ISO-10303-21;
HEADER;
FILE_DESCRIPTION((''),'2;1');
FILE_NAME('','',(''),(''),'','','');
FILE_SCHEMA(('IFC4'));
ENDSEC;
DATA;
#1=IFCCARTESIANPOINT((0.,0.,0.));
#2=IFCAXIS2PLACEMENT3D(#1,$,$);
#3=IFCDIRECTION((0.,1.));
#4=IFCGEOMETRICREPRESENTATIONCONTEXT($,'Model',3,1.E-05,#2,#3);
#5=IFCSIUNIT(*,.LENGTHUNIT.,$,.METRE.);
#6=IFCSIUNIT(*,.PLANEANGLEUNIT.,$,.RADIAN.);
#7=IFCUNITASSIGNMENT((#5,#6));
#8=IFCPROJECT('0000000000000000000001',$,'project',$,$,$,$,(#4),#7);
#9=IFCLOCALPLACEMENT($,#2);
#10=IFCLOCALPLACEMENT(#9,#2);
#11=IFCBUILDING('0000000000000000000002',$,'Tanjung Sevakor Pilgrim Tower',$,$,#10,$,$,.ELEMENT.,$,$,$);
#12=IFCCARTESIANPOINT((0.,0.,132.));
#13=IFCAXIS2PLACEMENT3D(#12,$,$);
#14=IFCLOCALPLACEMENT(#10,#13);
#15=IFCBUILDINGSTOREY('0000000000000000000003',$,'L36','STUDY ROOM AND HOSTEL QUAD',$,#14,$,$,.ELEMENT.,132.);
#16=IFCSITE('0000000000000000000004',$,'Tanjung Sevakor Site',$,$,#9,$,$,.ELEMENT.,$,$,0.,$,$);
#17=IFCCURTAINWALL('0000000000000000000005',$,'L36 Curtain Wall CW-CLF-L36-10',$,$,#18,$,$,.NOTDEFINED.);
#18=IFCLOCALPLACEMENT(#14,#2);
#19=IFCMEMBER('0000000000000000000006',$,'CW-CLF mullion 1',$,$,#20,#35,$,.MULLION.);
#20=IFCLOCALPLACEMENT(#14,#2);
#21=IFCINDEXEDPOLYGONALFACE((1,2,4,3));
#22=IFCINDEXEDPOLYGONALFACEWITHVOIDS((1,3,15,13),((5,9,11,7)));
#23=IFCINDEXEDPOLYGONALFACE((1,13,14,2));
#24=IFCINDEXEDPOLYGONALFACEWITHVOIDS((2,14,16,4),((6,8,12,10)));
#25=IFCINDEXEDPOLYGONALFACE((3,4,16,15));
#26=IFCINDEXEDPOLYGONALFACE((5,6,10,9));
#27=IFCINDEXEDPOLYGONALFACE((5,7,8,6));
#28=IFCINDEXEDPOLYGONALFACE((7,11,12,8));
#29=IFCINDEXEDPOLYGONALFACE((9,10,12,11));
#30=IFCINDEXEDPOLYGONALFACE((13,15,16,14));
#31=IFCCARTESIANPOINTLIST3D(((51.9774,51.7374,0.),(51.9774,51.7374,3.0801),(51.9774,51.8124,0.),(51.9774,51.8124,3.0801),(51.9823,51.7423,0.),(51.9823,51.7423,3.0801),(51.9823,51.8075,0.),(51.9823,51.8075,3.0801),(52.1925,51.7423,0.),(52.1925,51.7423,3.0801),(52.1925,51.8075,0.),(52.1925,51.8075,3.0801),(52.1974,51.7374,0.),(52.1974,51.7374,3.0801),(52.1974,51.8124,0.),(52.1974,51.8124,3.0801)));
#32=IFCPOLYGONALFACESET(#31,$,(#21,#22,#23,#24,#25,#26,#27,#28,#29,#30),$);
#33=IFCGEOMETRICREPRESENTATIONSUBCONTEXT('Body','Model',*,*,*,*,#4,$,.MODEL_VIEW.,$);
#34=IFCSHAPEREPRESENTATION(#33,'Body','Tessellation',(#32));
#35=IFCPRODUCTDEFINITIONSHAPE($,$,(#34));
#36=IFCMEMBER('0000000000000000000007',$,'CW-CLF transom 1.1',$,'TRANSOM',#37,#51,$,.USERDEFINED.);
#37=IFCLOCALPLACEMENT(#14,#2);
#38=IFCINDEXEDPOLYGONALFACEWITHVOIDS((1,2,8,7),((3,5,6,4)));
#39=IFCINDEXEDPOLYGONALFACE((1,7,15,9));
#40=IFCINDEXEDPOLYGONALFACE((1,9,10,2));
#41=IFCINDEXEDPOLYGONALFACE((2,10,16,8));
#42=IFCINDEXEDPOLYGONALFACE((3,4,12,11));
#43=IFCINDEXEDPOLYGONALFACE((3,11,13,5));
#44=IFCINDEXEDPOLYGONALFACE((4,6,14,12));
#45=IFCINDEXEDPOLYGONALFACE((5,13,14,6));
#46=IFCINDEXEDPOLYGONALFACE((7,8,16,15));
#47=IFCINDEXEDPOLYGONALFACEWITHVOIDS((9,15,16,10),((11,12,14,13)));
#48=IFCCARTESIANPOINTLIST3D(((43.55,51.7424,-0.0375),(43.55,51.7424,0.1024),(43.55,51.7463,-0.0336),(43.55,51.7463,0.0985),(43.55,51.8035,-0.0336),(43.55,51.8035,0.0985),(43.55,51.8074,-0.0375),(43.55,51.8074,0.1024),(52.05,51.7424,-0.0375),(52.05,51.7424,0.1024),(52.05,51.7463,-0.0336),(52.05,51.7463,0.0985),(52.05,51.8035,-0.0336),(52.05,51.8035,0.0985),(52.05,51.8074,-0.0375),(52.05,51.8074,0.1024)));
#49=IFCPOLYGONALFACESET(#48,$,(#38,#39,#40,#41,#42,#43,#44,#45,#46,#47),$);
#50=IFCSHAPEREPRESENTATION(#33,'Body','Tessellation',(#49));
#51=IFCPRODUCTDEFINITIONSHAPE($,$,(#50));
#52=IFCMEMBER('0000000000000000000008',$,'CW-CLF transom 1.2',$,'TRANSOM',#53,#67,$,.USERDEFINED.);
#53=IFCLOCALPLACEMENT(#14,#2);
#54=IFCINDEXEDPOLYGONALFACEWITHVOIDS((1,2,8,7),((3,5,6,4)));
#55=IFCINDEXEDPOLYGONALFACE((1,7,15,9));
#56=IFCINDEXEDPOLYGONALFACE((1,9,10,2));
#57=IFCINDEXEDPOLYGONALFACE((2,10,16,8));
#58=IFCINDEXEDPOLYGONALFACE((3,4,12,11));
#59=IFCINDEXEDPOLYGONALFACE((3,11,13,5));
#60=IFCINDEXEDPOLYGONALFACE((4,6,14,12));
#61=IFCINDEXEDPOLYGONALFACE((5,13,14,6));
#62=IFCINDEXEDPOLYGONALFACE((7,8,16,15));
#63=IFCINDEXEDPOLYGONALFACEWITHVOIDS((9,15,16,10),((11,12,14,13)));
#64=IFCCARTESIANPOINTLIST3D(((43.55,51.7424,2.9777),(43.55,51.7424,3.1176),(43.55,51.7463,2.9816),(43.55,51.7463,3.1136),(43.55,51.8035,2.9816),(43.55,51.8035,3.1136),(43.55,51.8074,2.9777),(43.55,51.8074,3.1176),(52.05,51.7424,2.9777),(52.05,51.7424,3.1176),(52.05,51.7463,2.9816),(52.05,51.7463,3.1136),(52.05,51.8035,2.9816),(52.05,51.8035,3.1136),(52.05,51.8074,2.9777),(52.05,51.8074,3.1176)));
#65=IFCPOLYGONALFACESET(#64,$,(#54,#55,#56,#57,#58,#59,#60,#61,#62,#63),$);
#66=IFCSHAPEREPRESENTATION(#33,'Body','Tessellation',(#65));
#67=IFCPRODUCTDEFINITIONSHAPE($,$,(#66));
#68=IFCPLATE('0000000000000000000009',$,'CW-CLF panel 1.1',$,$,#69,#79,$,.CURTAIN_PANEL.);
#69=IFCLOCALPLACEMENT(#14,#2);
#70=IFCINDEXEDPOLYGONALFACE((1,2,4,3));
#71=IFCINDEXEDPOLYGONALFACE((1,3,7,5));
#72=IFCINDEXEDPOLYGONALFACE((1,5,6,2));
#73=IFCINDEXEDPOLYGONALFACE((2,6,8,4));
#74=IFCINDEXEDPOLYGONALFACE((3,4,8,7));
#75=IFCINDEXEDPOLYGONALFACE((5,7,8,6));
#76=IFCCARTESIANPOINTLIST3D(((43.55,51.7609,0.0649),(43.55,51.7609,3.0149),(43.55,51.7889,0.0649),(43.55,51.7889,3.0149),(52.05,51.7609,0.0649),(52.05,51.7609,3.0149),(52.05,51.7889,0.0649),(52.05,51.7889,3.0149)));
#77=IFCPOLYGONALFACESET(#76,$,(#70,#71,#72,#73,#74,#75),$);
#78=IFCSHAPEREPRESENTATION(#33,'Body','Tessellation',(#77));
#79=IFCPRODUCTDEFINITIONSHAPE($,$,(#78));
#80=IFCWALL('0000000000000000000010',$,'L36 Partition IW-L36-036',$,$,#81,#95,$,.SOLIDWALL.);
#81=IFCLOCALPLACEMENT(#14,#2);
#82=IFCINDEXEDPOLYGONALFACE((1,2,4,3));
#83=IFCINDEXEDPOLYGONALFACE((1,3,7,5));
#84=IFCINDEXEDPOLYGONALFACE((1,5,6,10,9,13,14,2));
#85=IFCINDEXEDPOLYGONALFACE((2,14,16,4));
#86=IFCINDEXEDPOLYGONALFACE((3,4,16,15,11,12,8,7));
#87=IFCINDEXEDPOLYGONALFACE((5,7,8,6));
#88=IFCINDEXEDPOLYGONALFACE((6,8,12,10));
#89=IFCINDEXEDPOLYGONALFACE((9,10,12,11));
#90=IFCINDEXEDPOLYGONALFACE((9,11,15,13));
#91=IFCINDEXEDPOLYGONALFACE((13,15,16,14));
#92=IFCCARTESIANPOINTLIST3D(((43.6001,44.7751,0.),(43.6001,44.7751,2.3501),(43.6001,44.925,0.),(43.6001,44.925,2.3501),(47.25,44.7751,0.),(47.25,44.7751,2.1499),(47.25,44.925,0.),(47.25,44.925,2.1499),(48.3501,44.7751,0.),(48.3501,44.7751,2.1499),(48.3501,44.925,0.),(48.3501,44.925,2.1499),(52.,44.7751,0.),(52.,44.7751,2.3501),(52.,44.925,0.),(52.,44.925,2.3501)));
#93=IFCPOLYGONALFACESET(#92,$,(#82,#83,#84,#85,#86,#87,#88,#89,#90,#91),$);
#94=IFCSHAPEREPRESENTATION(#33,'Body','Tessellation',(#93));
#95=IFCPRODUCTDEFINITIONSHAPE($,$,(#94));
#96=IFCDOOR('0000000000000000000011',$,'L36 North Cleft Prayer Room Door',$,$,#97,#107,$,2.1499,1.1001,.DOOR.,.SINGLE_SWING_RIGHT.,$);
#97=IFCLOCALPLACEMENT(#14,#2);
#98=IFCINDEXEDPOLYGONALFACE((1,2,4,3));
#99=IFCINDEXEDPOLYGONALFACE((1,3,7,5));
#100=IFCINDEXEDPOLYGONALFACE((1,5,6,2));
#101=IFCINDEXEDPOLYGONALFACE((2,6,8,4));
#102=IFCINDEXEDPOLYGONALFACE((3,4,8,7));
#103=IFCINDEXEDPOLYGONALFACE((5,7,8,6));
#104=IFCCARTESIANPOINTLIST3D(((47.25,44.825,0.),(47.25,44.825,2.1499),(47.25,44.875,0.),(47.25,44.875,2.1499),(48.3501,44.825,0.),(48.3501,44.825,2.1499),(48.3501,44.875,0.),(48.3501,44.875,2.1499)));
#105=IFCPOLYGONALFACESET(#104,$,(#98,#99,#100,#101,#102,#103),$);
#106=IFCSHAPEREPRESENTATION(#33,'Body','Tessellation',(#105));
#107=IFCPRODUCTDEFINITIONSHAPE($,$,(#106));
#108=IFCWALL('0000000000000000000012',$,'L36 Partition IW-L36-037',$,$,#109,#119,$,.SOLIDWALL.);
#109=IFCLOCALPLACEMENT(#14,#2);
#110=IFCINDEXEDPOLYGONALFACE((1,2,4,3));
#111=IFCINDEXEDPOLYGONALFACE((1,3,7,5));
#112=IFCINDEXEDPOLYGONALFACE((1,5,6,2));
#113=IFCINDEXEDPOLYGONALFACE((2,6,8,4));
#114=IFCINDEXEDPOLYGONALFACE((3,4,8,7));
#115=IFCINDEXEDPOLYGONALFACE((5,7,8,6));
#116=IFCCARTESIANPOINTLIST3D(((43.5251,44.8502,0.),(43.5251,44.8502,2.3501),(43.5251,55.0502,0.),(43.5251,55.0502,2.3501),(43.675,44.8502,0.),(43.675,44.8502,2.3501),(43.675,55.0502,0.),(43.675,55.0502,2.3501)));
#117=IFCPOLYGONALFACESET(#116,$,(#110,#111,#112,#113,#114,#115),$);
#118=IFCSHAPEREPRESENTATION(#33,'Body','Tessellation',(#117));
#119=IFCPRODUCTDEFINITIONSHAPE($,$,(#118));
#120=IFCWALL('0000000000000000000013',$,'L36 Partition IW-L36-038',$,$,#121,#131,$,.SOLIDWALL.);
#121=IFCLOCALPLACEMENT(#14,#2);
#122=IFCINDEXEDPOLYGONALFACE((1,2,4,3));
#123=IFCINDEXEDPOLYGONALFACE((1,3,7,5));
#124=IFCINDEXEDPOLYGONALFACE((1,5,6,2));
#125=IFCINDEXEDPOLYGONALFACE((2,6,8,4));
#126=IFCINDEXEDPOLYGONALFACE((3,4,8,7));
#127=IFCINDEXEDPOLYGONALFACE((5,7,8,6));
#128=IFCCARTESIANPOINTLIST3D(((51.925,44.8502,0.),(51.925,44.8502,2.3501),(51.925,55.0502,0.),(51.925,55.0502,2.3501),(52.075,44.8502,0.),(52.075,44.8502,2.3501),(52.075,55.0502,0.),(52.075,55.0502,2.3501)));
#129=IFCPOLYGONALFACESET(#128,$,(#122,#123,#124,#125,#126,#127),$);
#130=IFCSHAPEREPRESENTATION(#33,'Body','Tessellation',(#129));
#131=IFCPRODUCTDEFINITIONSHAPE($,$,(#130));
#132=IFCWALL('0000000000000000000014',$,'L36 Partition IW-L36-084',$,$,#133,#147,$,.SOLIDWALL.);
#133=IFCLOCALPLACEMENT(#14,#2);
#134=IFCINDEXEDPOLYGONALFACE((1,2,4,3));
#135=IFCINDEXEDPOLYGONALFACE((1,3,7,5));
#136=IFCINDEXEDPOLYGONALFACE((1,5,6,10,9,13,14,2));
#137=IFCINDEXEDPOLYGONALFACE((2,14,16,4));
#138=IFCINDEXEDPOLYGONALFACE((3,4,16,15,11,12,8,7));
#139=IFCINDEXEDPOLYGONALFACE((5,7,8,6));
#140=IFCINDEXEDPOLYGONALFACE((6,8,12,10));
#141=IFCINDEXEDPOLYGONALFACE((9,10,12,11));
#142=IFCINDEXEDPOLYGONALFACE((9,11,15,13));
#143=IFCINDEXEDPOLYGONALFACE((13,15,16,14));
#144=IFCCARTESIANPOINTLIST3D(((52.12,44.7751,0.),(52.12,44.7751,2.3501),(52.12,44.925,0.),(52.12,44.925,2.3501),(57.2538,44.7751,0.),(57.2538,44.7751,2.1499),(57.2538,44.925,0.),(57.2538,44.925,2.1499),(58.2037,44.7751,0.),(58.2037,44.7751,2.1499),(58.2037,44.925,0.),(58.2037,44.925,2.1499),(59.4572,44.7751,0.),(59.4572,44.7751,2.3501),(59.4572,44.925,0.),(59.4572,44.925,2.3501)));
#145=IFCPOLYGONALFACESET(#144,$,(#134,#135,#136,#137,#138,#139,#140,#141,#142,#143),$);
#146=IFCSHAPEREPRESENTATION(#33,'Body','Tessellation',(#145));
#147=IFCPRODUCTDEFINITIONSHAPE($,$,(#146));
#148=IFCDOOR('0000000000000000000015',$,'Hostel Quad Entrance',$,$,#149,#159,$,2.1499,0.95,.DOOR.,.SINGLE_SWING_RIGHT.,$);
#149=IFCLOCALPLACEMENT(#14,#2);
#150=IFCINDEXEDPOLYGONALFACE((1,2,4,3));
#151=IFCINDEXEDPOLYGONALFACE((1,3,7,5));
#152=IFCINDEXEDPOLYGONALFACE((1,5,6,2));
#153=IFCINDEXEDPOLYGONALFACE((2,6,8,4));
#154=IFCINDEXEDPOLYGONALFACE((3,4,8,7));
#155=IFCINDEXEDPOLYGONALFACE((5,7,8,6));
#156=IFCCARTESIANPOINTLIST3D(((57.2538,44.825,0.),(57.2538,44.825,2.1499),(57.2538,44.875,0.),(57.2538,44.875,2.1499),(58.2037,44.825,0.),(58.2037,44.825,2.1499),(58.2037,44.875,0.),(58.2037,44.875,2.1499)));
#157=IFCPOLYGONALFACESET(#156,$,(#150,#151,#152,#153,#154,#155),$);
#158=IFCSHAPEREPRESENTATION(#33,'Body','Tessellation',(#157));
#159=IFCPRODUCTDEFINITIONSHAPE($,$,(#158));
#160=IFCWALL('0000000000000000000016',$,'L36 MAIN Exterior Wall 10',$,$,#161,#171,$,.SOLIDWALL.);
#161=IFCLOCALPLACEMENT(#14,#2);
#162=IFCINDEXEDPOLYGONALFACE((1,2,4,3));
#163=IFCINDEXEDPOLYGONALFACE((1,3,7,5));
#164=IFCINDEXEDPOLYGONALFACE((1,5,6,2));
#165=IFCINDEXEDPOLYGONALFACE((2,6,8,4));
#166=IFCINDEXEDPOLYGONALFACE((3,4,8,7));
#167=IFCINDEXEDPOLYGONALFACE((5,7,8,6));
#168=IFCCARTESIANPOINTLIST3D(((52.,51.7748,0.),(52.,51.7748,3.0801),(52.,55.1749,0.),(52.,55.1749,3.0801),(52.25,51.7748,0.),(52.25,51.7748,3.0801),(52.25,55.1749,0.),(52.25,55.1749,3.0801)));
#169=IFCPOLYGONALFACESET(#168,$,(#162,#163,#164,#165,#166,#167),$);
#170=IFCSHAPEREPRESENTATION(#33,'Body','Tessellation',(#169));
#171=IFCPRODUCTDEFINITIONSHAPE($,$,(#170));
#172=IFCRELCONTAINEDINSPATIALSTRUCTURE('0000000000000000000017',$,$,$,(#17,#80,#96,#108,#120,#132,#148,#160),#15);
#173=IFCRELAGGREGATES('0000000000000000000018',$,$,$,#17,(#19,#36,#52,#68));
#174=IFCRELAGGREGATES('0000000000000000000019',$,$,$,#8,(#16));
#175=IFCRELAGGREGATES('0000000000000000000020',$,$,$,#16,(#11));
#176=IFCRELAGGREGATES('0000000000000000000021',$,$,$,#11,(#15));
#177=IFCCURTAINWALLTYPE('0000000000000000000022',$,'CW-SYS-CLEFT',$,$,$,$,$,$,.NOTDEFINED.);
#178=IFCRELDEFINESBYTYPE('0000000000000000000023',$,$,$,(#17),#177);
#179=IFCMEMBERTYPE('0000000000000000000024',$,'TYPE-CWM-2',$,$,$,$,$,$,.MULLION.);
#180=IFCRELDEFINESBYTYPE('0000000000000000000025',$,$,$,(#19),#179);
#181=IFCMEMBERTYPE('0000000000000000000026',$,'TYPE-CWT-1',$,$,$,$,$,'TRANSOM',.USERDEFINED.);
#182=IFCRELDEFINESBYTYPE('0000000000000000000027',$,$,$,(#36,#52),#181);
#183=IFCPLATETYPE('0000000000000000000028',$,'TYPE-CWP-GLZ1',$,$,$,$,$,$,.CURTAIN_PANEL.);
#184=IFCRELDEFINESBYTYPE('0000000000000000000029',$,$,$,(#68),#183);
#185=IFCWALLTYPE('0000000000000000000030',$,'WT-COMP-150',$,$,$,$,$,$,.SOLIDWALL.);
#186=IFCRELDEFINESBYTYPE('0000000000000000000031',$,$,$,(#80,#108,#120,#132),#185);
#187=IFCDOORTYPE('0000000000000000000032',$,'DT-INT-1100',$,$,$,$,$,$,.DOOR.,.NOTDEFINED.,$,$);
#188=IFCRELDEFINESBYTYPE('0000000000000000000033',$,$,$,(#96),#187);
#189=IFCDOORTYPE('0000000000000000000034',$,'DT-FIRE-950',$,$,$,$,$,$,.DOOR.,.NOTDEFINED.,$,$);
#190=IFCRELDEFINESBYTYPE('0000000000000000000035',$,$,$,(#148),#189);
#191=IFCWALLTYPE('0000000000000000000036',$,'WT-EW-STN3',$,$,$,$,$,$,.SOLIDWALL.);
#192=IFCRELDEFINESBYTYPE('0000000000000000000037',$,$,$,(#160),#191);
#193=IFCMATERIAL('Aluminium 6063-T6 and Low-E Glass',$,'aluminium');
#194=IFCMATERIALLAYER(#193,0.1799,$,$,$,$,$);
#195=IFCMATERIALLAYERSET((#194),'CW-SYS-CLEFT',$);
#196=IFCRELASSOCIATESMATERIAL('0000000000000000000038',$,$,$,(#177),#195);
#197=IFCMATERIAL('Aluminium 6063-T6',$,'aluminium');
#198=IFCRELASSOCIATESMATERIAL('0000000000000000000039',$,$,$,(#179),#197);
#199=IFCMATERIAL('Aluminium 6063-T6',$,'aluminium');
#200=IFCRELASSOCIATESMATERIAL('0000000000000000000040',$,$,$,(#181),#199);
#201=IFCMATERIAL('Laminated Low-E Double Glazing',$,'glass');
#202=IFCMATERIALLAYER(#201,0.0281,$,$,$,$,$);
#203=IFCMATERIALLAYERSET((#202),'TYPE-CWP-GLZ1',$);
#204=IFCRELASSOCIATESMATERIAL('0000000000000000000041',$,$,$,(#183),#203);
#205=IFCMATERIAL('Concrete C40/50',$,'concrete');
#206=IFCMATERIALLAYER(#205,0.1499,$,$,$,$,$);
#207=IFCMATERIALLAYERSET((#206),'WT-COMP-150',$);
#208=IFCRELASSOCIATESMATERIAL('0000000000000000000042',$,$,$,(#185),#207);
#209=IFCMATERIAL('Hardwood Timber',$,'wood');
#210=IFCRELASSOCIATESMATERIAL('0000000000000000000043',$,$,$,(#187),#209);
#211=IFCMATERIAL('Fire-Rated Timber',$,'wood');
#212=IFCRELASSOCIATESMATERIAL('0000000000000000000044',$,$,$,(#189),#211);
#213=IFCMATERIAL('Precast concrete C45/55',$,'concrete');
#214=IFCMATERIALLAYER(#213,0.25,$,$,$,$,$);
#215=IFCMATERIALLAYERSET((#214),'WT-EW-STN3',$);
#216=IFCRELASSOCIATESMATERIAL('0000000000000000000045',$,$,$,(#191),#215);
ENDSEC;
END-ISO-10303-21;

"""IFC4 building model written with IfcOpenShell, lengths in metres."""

from ifc_helpers import new_model, si_unit, direction, frame, frame_2d, origin, origin_2d, place, context, subcontext, project, spatial, rectangle, hollow_rectangle, extrude, material, layer, layer_set, material_profile, profile_set, type_object, element, fill, aggregate, save


model = new_model("IFC4")

# Units and contexts
model_context = context("Model", 3, precision=1e-05, world=origin(), true_north=direction((0.0, 1.0)))
body_context = subcontext(model_context, "Body", "Model", "MODEL_VIEW")
ifc_project = project(units=[si_unit("LENGTHUNIT", "METRE"), si_unit("PLANEANGLEUNIT", "RADIAN")], contexts=[model_context])

# Site, building, storey
site_placement = place(None, origin())
site = spatial("IfcSite", under=ifc_project, at=site_placement, Name="Tanjung Sevakor Site", CompositionType="ELEMENT", RefElevation=0.0)
building_placement = place(site_placement, origin())
building = spatial("IfcBuilding", under=site, at=building_placement, Name="Tanjung Sevakor Pilgrim Tower", CompositionType="ELEMENT")
storey_placement = place(building_placement, frame((0.0, 0.0, 132.0)))
storey = spatial("IfcBuildingStorey", under=building, at=storey_placement, Name="L36", Description="STUDY ROOM AND HOSTEL QUAD", CompositionType="ELEMENT", Elevation=132.0)

# Curtain wall, members, plate
ifc_material_1 = material(Name="Aluminium 6063-T6 and Low-E Glass", Category="aluminium")
ifc_layer_1 = layer(ifc_material_1, 0.1799)
ifc_layer_set_1 = layer_set([ifc_layer_1], Name="CW-SYS-CLEFT")
curtain_wall_type = type_object("IfcCurtainWallType", Name="CW-SYS-CLEFT", PredefinedType="NOTDEFINED", material=ifc_layer_set_1)
curtain_wall_placement = place(storey_placement, origin())
curtain_wall = element("IfcCurtainWall", 1, at=curtain_wall_placement, inside=storey, type_object=curtain_wall_type, Name="L36 Curtain Wall CW-CLF-L36-10", PredefinedType="NOTDEFINED")
ifc_material_2 = material(Name="Aluminium 6063-T6", Category="aluminium")
ifc_material_profile_1 = material_profile(ifc_material_2, hollow_rectangle(XDim=0.075, YDim=0.22, WallThickness=0.0049, at=origin_2d()))
ifc_profile_set_1 = profile_set([ifc_material_profile_1], Name="Aluminium 6063-T6")
member_type_1 = type_object("IfcMemberType", Name="TYPE-CWM-2", PredefinedType="MULLION", material=ifc_profile_set_1)
member_1_placement = place(storey_placement, frame((52.0874, 51.7749, 0.0), z_axis=(0.0, 0.0, 1.0), x_axis=(0.0, -1.0, 0.0)))
member_1 = element("IfcMember", 2, at=member_1_placement, type_object=member_type_1, Name="CW-CLF mullion 1", PredefinedType="MULLION", context=body_context, shape_type="SweptSolid", body=[
    extrude(hollow_rectangle(XDim=0.075, YDim=0.22, WallThickness=0.0049, at=origin_2d()), origin(), (0.0, 0.0, 1.0), 3.0801),
])
ifc_material_3 = material(Name="Aluminium 6063-T6", Category="aluminium")
ifc_material_profile_2 = material_profile(ifc_material_3, hollow_rectangle(XDim=0.0649, YDim=0.1399, WallThickness=0.0039, at=origin_2d()))
ifc_profile_set_2 = profile_set([ifc_material_profile_2], Name="Aluminium 6063-T6")
member_type_2 = type_object("IfcMemberType", Name="TYPE-CWT-1", ElementType="TRANSOM", PredefinedType="USERDEFINED", material=ifc_profile_set_2)
member_2_placement = place(storey_placement, frame((52.05, 51.7749, 0.0325), z_axis=(-1.0, 0.0, 0.0), x_axis=(0.0, -1.0, 0.0)))
member_2 = element("IfcMember", 3, at=member_2_placement, type_object=member_type_2, Name="CW-CLF transom 1.1", ObjectType="TRANSOM", PredefinedType="USERDEFINED", context=body_context, shape_type="SweptSolid", body=[
    extrude(hollow_rectangle(XDim=0.0649, YDim=0.1399, WallThickness=0.0039, at=origin_2d()), origin(), (0.0, 0.0, 1.0), 8.5),
])
member_3_placement = place(storey_placement, frame((52.05, 51.7749, 3.0476), z_axis=(-1.0, 0.0, 0.0), x_axis=(0.0, -1.0, 0.0)))
member_3 = element("IfcMember", 4, at=member_3_placement, type_object=member_type_2, Name="CW-CLF transom 1.2", ObjectType="TRANSOM", PredefinedType="USERDEFINED", context=body_context, shape_type="SweptSolid", body=[
    extrude(hollow_rectangle(XDim=0.0649, YDim=0.1399, WallThickness=0.0039, at=origin_2d()), origin(), (0.0, 0.0, 1.0), 8.5),
])
ifc_material_4 = material(Name="Laminated Low-E Double Glazing", Category="glass")
ifc_layer_2 = layer(ifc_material_4, 0.0281)
ifc_layer_set_2 = layer_set([ifc_layer_2], Name="TYPE-CWP-GLZ1")
plate_type = type_object("IfcPlateType", Name="TYPE-CWP-GLZ1", PredefinedType="CURTAIN_PANEL", material=ifc_layer_set_2)
plate_placement = place(storey_placement, frame((47.8, 51.7749, 0.0649), z_axis=(0.0, 0.0, 1.0), x_axis=(-1.0, 0.0, 0.0)))
plate = element("IfcPlate", 5, at=plate_placement, type_object=plate_type, Name="CW-CLF panel 1.1", PredefinedType="CURTAIN_PANEL", context=body_context, shape_type="SweptSolid", body=[
    extrude(rectangle(XDim=8.5, YDim=0.0281, at=origin_2d()), origin(), (0.0, 0.0, 1.0), 2.95),
])
aggregate(curtain_wall, [member_1, member_2, member_3, plate])

# Wall, opening, door
ifc_material_5 = material(Name="Concrete C40/50", Category="concrete")
ifc_layer_3 = layer(ifc_material_5, 0.1499)
ifc_layer_set_3 = layer_set([ifc_layer_3], Name="WT-COMP-150")
wall_type_1 = type_object("IfcWallType", Name="WT-COMP-150", PredefinedType="SOLIDWALL", material=ifc_layer_set_3)
wall_1_placement = place(storey_placement, frame((43.6001, 44.8501, 0.0), z_axis=(0.0, 0.0, 1.0), x_axis=(1.0, 0.0, 0.0)))
wall_1 = element("IfcWall", 6, at=wall_1_placement, inside=storey, type_object=wall_type_1, Name="L36 Partition IW-L36-036", PredefinedType="SOLIDWALL", context=body_context, shape_type="SweptSolid", body=[
    extrude(rectangle(XDim=8.3999, YDim=0.1499, at=frame_2d((4.2, 0.0))), origin(), (0.0, 0.0, 1.0), 2.3501),
])
opening_1_placement = place(wall_1_placement, frame((3.6499, 0.0, 0.0)))
opening_1 = element("IfcOpeningElement", 7, at=opening_1_placement, cuts=wall_1, PredefinedType="OPENING", context=body_context, shape_type="SweptSolid", body=[
    extrude(rectangle(XDim=1.1001, YDim=2.1499, at=frame_2d((0.55, 1.075))), frame((0.0, 0.085, 0.0), z_axis=(0.0, -1.0, 0.0), x_axis=(1.0, 0.0, 0.0)), (0.0, 0.0, 1.0), 0.1699),
])
ifc_material_6 = material(Name="Hardwood Timber", Category="wood")
door_type_1 = type_object("IfcDoorType", Name="DT-INT-1100", OperationType="NOTDEFINED", PredefinedType="DOOR", material=ifc_material_6)
door_1_placement = place(opening_1_placement, origin())
door_1 = element("IfcDoor", 8, at=door_1_placement, inside=storey, type_object=door_type_1, Name="L36 North Cleft Prayer Room Door", OperationType="SINGLE_SWING_RIGHT", OverallHeight=2.1499, OverallWidth=1.1001, PredefinedType="DOOR", context=body_context, shape_type="SweptSolid", body=[
    extrude(rectangle(XDim=1.1001, YDim=2.1499, at=frame_2d((0.55, 1.075))), frame((0.0, 0.0249, 0.0), z_axis=(0.0, -1.0, 0.0), x_axis=(1.0, 0.0, 0.0)), (0.0, 0.0, 1.0), 0.05),
])
fill(opening_1, door_1)

# Walls
for number, where, z_axis, x_axis, name in (
    (9, (43.6001, 44.8501, 0.0), (0.0, 0.0, 1.0), (0.0, 1.0, 0.0), "L36 Partition IW-L36-037"),
    (10, (52.0, 44.8501, 0.0), (0.0, 0.0, 1.0), (0.0, 1.0, 0.0), "L36 Partition IW-L36-038"),
):
    element("IfcWall", number, at=place(storey_placement, frame(where, z_axis=z_axis, x_axis=x_axis)), inside=storey, type_object=wall_type_1, Name=name, PredefinedType="SOLIDWALL", context=body_context, shape_type="SweptSolid", body=[
        extrude(rectangle(XDim=10.2, YDim=0.1499, at=frame_2d((5.1001, 0.0))), origin(), (0.0, 0.0, 1.0), 2.3501),
    ])

# Wall, opening, door
wall_2_placement = place(storey_placement, frame((52.1201, 44.8501, 0.0), z_axis=(0.0, 0.0, 1.0), x_axis=(1.0, 0.0, 0.0)))
wall_2 = element("IfcWall", 11, at=wall_2_placement, inside=storey, type_object=wall_type_1, Name="L36 Partition IW-L36-084", PredefinedType="SOLIDWALL", context=body_context, shape_type="SweptSolid", body=[
    extrude(rectangle(XDim=7.3372, YDim=0.1499, at=frame_2d((3.6685, 0.0))), origin(), (0.0, 0.0, 1.0), 2.3501),
])
opening_2_placement = place(wall_2_placement, frame((5.1335, 0.0, 0.0)))
opening_2 = element("IfcOpeningElement", 12, at=opening_2_placement, cuts=wall_2, PredefinedType="OPENING", context=body_context, shape_type="SweptSolid", body=[
    extrude(rectangle(XDim=0.95, YDim=2.1499, at=frame_2d((0.4751, 1.075))), frame((0.0, 0.085, 0.0), z_axis=(0.0, -1.0, 0.0), x_axis=(1.0, 0.0, 0.0)), (0.0, 0.0, 1.0), 0.1699),
])
ifc_material_7 = material(Name="Fire-Rated Timber", Category="wood")
door_type_2 = type_object("IfcDoorType", Name="DT-FIRE-950", OperationType="NOTDEFINED", PredefinedType="DOOR", material=ifc_material_7)
door_2_placement = place(opening_2_placement, origin())
door_2 = element("IfcDoor", 13, at=door_2_placement, inside=storey, type_object=door_type_2, Name="Hostel Quad Entrance", OperationType="SINGLE_SWING_RIGHT", OverallHeight=2.1499, OverallWidth=0.95, PredefinedType="DOOR", context=body_context, shape_type="SweptSolid", body=[
    extrude(rectangle(XDim=0.95, YDim=2.1499, at=frame_2d((0.4751, 1.075))), frame((0.0, 0.0249, 0.0), z_axis=(0.0, -1.0, 0.0), x_axis=(1.0, 0.0, 0.0)), (0.0, 0.0, 1.0), 0.05),
])
fill(opening_2, door_2)

# Wall
ifc_material_8 = material(Name="Precast concrete C45/55", Category="concrete")
ifc_layer_4 = layer(ifc_material_8, 0.25)
ifc_layer_set_4 = layer_set([ifc_layer_4], Name="WT-EW-STN3")
wall_type_2 = type_object("IfcWallType", Name="WT-EW-STN3", PredefinedType="SOLIDWALL", material=ifc_layer_set_4)
wall_3_placement = place(storey_placement, frame((52.125, 55.175, 0.0), z_axis=(0.0, 0.0, 1.0), x_axis=(0.0, -1.0, 0.0)))
element("IfcWall", 14, at=wall_3_placement, inside=storey, type_object=wall_type_2, Name="L36 MAIN Exterior Wall 10", PredefinedType="SOLIDWALL", context=body_context, shape_type="SweptSolid", body=[
    extrude(rectangle(XDim=3.4001, YDim=0.25, at=frame_2d((1.7002, 0.0))), origin(), (0.0, 0.0, 1.0), 3.0801),
])

save(model, "model.ifc")
